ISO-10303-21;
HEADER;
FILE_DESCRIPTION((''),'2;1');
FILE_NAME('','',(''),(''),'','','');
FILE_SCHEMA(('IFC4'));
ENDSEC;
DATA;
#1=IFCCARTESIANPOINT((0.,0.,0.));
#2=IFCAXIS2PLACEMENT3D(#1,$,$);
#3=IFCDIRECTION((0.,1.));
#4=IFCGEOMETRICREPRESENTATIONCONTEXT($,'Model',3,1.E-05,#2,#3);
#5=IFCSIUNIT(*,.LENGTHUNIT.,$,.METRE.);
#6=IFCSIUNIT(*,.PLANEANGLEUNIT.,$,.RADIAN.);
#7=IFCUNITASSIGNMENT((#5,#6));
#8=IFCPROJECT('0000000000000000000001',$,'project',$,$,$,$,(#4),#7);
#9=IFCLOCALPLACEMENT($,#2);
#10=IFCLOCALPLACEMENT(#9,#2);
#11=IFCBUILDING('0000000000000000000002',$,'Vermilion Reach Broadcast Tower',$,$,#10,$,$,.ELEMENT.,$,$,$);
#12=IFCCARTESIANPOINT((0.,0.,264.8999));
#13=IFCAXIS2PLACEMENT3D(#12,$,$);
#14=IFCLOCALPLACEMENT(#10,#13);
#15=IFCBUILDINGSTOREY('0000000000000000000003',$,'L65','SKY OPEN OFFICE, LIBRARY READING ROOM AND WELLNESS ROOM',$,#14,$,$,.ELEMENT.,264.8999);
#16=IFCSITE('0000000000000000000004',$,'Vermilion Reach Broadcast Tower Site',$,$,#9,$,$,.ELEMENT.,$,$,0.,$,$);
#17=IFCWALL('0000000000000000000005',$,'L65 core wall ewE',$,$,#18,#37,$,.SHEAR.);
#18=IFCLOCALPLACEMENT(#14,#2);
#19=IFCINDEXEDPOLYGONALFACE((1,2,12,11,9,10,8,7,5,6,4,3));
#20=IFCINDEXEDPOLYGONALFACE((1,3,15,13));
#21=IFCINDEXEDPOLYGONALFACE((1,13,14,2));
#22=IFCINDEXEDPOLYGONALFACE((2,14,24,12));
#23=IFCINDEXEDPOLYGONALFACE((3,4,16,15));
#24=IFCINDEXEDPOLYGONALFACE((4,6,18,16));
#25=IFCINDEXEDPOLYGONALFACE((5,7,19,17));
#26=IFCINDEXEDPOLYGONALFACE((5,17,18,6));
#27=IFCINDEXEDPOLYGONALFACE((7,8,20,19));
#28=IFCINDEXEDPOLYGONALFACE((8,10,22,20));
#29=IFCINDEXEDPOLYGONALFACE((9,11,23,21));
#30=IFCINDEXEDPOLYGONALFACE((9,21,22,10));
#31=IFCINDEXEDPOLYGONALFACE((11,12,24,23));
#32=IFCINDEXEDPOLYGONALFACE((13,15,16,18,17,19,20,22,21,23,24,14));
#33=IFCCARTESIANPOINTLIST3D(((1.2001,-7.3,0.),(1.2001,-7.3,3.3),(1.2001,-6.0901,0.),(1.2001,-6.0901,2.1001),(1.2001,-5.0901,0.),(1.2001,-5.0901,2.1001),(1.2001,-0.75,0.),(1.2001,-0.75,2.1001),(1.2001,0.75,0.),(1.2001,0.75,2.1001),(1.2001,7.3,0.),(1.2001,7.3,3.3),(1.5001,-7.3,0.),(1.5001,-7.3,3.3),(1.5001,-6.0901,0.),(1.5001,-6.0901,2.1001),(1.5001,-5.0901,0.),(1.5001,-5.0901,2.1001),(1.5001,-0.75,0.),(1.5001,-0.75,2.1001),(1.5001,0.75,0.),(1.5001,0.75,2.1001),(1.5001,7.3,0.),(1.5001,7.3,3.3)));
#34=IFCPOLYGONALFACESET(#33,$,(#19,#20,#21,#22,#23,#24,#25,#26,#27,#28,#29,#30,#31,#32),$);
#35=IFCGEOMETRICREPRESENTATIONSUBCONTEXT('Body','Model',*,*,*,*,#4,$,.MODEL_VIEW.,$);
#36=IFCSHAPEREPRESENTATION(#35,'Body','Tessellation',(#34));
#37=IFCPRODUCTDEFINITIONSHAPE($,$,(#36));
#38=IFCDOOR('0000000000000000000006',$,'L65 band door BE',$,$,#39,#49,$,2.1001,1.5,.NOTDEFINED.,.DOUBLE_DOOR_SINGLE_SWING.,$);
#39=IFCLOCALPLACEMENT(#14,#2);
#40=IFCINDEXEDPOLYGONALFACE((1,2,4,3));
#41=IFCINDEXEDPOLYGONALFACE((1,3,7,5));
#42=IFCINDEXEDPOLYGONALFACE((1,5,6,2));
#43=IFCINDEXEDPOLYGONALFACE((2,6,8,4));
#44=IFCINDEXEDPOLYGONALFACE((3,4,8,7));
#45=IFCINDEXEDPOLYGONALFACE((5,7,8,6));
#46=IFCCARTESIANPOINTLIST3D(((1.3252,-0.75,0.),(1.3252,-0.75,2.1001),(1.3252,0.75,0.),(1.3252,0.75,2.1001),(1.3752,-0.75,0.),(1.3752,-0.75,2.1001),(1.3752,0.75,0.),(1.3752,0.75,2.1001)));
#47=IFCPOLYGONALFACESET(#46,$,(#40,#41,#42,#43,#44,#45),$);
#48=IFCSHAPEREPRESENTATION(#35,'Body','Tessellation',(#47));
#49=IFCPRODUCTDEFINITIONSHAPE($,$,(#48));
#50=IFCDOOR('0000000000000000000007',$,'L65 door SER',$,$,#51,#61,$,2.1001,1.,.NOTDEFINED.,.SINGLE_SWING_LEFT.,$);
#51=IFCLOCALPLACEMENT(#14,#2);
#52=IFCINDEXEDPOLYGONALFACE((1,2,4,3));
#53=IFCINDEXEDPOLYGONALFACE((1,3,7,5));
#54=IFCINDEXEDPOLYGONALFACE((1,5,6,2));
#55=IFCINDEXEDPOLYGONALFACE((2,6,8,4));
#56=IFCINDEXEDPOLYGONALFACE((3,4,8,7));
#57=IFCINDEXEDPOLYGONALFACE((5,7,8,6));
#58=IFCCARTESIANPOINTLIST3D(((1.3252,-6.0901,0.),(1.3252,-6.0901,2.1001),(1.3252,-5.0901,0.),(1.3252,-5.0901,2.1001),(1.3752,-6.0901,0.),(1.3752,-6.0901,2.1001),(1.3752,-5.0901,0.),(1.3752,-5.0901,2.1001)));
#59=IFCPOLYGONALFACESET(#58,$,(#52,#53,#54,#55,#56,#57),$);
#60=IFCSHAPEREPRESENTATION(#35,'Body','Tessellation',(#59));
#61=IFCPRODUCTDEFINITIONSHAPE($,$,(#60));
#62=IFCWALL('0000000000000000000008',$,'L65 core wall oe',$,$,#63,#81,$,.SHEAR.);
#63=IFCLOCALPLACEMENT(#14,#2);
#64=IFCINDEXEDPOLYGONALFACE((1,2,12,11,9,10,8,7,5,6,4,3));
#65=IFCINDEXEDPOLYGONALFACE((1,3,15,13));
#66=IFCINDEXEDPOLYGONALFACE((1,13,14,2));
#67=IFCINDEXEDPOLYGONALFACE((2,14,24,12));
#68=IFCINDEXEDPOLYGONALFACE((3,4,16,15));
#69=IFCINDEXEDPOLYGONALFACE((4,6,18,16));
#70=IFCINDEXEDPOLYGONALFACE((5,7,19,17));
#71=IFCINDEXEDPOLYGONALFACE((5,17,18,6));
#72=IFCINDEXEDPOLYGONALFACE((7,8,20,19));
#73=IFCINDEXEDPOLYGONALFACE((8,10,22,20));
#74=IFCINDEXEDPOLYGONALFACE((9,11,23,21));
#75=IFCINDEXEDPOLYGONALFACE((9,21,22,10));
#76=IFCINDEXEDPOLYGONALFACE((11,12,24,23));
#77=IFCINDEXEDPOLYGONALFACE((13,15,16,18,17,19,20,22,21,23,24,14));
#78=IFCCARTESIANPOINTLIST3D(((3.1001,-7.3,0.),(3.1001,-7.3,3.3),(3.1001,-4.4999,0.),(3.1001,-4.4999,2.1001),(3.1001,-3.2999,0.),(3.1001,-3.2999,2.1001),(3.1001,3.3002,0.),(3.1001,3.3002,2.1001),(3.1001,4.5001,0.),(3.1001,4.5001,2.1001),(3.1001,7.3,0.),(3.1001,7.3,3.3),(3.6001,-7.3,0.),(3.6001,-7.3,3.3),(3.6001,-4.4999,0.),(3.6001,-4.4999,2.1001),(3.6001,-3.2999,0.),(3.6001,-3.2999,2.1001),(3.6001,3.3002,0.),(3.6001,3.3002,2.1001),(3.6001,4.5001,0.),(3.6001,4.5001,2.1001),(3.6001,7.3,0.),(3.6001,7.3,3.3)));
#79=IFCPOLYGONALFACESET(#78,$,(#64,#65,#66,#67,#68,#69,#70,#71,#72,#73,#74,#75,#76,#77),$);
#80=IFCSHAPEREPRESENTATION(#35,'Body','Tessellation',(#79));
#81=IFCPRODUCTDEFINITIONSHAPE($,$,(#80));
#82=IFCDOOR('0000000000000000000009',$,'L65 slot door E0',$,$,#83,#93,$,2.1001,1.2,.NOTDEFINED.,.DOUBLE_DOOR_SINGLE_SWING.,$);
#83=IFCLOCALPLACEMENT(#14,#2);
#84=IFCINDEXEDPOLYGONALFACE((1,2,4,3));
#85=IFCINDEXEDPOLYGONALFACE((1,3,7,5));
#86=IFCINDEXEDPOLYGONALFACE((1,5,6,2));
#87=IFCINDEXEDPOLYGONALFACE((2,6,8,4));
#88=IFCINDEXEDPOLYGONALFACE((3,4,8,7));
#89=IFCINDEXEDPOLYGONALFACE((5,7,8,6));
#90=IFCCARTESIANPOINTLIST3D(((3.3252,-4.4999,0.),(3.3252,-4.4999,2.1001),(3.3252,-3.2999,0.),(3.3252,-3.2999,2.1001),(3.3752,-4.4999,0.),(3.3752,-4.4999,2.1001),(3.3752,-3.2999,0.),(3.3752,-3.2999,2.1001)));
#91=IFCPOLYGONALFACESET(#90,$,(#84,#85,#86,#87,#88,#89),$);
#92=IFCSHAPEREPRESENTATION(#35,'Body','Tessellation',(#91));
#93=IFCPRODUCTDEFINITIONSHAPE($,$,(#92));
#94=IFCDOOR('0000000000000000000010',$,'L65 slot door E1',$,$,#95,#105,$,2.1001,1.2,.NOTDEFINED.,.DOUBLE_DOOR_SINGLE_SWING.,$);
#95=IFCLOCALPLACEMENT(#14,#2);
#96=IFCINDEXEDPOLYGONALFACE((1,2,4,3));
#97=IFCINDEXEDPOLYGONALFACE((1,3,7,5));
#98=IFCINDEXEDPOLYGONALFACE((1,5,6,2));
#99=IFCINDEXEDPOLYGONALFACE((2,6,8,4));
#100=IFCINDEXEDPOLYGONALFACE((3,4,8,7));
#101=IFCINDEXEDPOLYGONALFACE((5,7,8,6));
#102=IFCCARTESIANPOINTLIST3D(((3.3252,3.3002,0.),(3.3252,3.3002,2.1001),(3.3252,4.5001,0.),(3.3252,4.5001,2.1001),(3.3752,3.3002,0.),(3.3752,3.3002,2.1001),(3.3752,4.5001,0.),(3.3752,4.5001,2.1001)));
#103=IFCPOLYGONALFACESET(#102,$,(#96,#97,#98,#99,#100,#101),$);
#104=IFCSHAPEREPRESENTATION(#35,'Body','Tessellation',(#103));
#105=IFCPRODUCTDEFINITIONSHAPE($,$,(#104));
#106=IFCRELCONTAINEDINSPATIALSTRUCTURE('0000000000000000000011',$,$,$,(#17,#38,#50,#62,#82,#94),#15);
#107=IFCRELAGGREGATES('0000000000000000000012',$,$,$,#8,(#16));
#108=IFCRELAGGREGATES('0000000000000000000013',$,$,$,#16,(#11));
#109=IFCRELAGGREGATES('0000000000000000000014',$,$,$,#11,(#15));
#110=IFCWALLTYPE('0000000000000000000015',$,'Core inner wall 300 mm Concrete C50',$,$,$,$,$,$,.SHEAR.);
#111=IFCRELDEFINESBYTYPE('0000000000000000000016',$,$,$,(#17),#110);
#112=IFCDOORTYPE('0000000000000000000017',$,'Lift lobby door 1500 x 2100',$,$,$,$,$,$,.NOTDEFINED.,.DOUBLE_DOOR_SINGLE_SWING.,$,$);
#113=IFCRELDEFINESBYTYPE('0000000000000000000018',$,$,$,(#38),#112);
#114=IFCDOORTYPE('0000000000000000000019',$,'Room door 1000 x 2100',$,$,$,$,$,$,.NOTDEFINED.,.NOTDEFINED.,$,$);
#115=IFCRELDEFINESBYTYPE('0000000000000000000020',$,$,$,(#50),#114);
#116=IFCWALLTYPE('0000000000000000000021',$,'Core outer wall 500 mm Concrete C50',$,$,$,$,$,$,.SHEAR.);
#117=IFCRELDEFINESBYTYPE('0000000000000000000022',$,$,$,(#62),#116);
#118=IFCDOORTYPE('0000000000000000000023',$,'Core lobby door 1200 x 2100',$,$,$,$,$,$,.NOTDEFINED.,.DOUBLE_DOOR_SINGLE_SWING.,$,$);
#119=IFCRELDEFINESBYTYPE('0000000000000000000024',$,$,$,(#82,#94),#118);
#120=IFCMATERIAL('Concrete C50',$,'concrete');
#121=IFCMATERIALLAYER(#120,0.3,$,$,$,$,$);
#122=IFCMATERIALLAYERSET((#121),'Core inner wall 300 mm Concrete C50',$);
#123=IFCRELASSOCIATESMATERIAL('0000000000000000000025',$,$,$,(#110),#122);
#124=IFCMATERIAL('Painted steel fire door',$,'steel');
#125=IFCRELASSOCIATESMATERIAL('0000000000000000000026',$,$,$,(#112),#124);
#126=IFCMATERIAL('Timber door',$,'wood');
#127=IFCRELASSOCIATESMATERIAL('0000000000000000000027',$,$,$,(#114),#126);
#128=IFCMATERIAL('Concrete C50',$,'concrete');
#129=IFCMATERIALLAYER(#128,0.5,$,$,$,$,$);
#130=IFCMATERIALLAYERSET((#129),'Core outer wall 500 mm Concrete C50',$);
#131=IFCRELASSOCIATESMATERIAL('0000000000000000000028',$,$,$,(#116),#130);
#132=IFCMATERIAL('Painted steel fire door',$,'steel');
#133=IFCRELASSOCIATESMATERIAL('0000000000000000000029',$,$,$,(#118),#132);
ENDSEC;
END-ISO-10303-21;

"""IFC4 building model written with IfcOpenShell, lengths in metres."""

from ifc_helpers import new_model, si_unit, direction, frame, frame_2d, origin, place, context, subcontext, project, spatial, rectangle, extrude, material, layer, layer_set, type_object, element, fill, save


model = new_model("IFC4")

# Units and contexts
model_context = context("Model", 3, precision=1e-05, world=origin(), true_north=direction((0.0, 1.0)))
body_context = subcontext(model_context, "Body", "Model", "MODEL_VIEW")
ifc_project = project(units=[si_unit("LENGTHUNIT", "METRE"), si_unit("PLANEANGLEUNIT", "RADIAN")], contexts=[model_context])

# Site, building, storey
site_placement = place(None, origin())
site = spatial("IfcSite", under=ifc_project, at=site_placement, Name="Vermilion Reach Broadcast Tower Site", CompositionType="ELEMENT", RefElevation=0.0)
building_placement = place(site_placement, origin())
building = spatial("IfcBuilding", under=site, at=building_placement, Name="Vermilion Reach Broadcast Tower", CompositionType="ELEMENT")
storey_placement = place(building_placement, frame((0.0, 0.0, 264.8999)))
storey = spatial("IfcBuildingStorey", under=building, at=storey_placement, Name="L65", Description="SKY OPEN OFFICE, LIBRARY READING ROOM AND WELLNESS ROOM", CompositionType="ELEMENT", Elevation=264.8999)

# Walls, openings, doors
ifc_material_1 = material(Name="Concrete C50", Category="concrete")
ifc_layer_1 = layer(ifc_material_1, 0.3)
ifc_layer_set_1 = layer_set([ifc_layer_1], Name="Core inner wall 300 mm Concrete C50")
wall_type_1 = type_object("IfcWallType", Name="Core inner wall 300 mm Concrete C50", PredefinedType="SHEAR", material=ifc_layer_set_1)
wall_1_placement = place(storey_placement, frame((1.3501, -7.3, 0.0), z_axis=(0.0, 0.0, 1.0), x_axis=(0.0, 1.0, 0.0)))
wall_1 = element("IfcWall", 1, at=wall_1_placement, inside=storey, type_object=wall_type_1, Name="L65 core wall ewE", PredefinedType="SHEAR", context=body_context, shape_type="SweptSolid", body=[
    extrude(rectangle(XDim=14.6001, YDim=0.3, at=frame_2d((7.3, 0.0))), origin(), (0.0, 0.0, 1.0), 3.3),
])
opening_1_placement = place(wall_1_placement, frame((1.21, 0.0, 0.0)))
opening_1 = element("IfcOpeningElement", 2, at=opening_1_placement, cuts=wall_1, PredefinedType="OPENING", context=body_context, shape_type="SweptSolid", body=[
    extrude(rectangle(XDim=1.0, YDim=2.1001, at=frame_2d((0.5, 1.05))), frame((0.0, 0.1599, 0.0), z_axis=(0.0, -1.0, 0.0), x_axis=(1.0, 0.0, 0.0)), (0.0, 0.0, 1.0), 0.3201),
])
opening_2_placement = place(wall_1_placement, frame((6.55, 0.0, 0.0)))
opening_2 = element("IfcOpeningElement", 3, at=opening_2_placement, cuts=wall_1, PredefinedType="OPENING", context=body_context, shape_type="SweptSolid", body=[
    extrude(rectangle(XDim=1.5, YDim=2.1001, at=frame_2d((0.75, 1.05))), frame((0.0, 0.1599, 0.0), z_axis=(0.0, -1.0, 0.0), x_axis=(1.0, 0.0, 0.0)), (0.0, 0.0, 1.0), 0.3201),
])
ifc_material_2 = material(Name="Painted steel fire door", Category="steel")
door_type_1 = type_object("IfcDoorType", Name="Lift lobby door 1500 x 2100", OperationType="DOUBLE_DOOR_SINGLE_SWING", PredefinedType="NOTDEFINED", material=ifc_material_2)
door_1_placement = place(opening_2_placement, origin())
door_1 = element("IfcDoor", 4, at=door_1_placement, inside=storey, type_object=door_type_1, Name="L65 band door BE", OperationType="DOUBLE_DOOR_SINGLE_SWING", OverallHeight=2.1001, OverallWidth=1.5, PredefinedType="NOTDEFINED", context=body_context, shape_type="SweptSolid", body=[
    extrude(rectangle(XDim=1.5, YDim=2.1001, at=frame_2d((0.75, 1.05))), frame((0.0, 0.0249, 0.0), z_axis=(0.0, -1.0, 0.0), x_axis=(1.0, 0.0, 0.0)), (0.0, 0.0, 1.0), 0.05),
])
fill(opening_2, door_1)
ifc_material_3 = material(Name="Timber door", Category="wood")
door_type_2 = type_object("IfcDoorType", Name="Room door 1000 x 2100", OperationType="NOTDEFINED", PredefinedType="NOTDEFINED", material=ifc_material_3)
door_2_placement = place(opening_1_placement, origin())
door_2 = element("IfcDoor", 5, at=door_2_placement, inside=storey, type_object=door_type_2, Name="L65 door SER", OperationType="SINGLE_SWING_LEFT", OverallHeight=2.1001, OverallWidth=1.0, PredefinedType="NOTDEFINED", context=body_context, shape_type="SweptSolid", body=[
    extrude(rectangle(XDim=1.0, YDim=2.1001, at=frame_2d((0.5, 1.05))), frame((0.0, 0.0249, 0.0), z_axis=(0.0, -1.0, 0.0), x_axis=(1.0, 0.0, 0.0)), (0.0, 0.0, 1.0), 0.05),
])
fill(opening_1, door_2)
ifc_material_4 = material(Name="Concrete C50", Category="concrete")
ifc_layer_2 = layer(ifc_material_4, 0.5)
ifc_layer_set_2 = layer_set([ifc_layer_2], Name="Core outer wall 500 mm Concrete C50")
wall_type_2 = type_object("IfcWallType", Name="Core outer wall 500 mm Concrete C50", PredefinedType="SHEAR", material=ifc_layer_set_2)
wall_2_placement = place(storey_placement, frame((3.3501, -7.3, 0.0), z_axis=(0.0, 0.0, 1.0), x_axis=(0.0, 1.0, 0.0)))
wall_2 = element("IfcWall", 6, at=wall_2_placement, inside=storey, type_object=wall_type_2, Name="L65 core wall oe", PredefinedType="SHEAR", context=body_context, shape_type="SweptSolid", body=[
    extrude(rectangle(XDim=14.6001, YDim=0.5, at=frame_2d((7.3, 0.0))), origin(), (0.0, 0.0, 1.0), 3.3),
])
opening_3_placement = place(wall_2_placement, frame((2.8, 0.0, 0.0)))
opening_3 = element("IfcOpeningElement", 7, at=opening_3_placement, cuts=wall_2, PredefinedType="OPENING", context=body_context, shape_type="SweptSolid", body=[
    extrude(rectangle(XDim=1.2, YDim=2.1001, at=frame_2d((0.6001, 1.05))), frame((0.0, 0.26, 0.0), z_axis=(0.0, -1.0, 0.0), x_axis=(1.0, 0.0, 0.0)), (0.0, 0.0, 1.0), 0.52),
])
opening_4_placement = place(wall_2_placement, frame((10.6001, 0.0, 0.0)))
opening_4 = element("IfcOpeningElement", 8, at=opening_4_placement, cuts=wall_2, PredefinedType="OPENING", context=body_context, shape_type="SweptSolid", body=[
    extrude(rectangle(XDim=1.2, YDim=2.1001, at=frame_2d((0.6001, 1.05))), frame((0.0, 0.26, 0.0), z_axis=(0.0, -1.0, 0.0), x_axis=(1.0, 0.0, 0.0)), (0.0, 0.0, 1.0), 0.52),
])
ifc_material_5 = material(Name="Painted steel fire door", Category="steel")
door_type_3 = type_object("IfcDoorType", Name="Core lobby door 1200 x 2100", OperationType="DOUBLE_DOOR_SINGLE_SWING", PredefinedType="NOTDEFINED", material=ifc_material_5)
door_3_placement = place(opening_3_placement, origin())
door_3 = element("IfcDoor", 9, at=door_3_placement, inside=storey, type_object=door_type_3, Name="L65 slot door E0", OperationType="DOUBLE_DOOR_SINGLE_SWING", OverallHeight=2.1001, OverallWidth=1.2, PredefinedType="NOTDEFINED", context=body_context, shape_type="SweptSolid", body=[
    extrude(rectangle(XDim=1.2, YDim=2.1001, at=frame_2d((0.6001, 1.05))), frame((0.0, 0.0249, 0.0), z_axis=(0.0, -1.0, 0.0), x_axis=(1.0, 0.0, 0.0)), (0.0, 0.0, 1.0), 0.05),
])
fill(opening_3, door_3)
door_4_placement = place(opening_4_placement, origin())
door_4 = element("IfcDoor", 10, at=door_4_placement, inside=storey, type_object=door_type_3, Name="L65 slot door E1", OperationType="DOUBLE_DOOR_SINGLE_SWING", OverallHeight=2.1001, OverallWidth=1.2, PredefinedType="NOTDEFINED", context=body_context, shape_type="SweptSolid", body=[
    extrude(rectangle(XDim=1.2, YDim=2.1001, at=frame_2d((0.6001, 1.05))), frame((0.0, 0.0249, 0.0), z_axis=(0.0, -1.0, 0.0), x_axis=(1.0, 0.0, 0.0)), (0.0, 0.0, 1.0), 0.05),
])
fill(opening_4, door_4)

save(model, "model.ifc")
